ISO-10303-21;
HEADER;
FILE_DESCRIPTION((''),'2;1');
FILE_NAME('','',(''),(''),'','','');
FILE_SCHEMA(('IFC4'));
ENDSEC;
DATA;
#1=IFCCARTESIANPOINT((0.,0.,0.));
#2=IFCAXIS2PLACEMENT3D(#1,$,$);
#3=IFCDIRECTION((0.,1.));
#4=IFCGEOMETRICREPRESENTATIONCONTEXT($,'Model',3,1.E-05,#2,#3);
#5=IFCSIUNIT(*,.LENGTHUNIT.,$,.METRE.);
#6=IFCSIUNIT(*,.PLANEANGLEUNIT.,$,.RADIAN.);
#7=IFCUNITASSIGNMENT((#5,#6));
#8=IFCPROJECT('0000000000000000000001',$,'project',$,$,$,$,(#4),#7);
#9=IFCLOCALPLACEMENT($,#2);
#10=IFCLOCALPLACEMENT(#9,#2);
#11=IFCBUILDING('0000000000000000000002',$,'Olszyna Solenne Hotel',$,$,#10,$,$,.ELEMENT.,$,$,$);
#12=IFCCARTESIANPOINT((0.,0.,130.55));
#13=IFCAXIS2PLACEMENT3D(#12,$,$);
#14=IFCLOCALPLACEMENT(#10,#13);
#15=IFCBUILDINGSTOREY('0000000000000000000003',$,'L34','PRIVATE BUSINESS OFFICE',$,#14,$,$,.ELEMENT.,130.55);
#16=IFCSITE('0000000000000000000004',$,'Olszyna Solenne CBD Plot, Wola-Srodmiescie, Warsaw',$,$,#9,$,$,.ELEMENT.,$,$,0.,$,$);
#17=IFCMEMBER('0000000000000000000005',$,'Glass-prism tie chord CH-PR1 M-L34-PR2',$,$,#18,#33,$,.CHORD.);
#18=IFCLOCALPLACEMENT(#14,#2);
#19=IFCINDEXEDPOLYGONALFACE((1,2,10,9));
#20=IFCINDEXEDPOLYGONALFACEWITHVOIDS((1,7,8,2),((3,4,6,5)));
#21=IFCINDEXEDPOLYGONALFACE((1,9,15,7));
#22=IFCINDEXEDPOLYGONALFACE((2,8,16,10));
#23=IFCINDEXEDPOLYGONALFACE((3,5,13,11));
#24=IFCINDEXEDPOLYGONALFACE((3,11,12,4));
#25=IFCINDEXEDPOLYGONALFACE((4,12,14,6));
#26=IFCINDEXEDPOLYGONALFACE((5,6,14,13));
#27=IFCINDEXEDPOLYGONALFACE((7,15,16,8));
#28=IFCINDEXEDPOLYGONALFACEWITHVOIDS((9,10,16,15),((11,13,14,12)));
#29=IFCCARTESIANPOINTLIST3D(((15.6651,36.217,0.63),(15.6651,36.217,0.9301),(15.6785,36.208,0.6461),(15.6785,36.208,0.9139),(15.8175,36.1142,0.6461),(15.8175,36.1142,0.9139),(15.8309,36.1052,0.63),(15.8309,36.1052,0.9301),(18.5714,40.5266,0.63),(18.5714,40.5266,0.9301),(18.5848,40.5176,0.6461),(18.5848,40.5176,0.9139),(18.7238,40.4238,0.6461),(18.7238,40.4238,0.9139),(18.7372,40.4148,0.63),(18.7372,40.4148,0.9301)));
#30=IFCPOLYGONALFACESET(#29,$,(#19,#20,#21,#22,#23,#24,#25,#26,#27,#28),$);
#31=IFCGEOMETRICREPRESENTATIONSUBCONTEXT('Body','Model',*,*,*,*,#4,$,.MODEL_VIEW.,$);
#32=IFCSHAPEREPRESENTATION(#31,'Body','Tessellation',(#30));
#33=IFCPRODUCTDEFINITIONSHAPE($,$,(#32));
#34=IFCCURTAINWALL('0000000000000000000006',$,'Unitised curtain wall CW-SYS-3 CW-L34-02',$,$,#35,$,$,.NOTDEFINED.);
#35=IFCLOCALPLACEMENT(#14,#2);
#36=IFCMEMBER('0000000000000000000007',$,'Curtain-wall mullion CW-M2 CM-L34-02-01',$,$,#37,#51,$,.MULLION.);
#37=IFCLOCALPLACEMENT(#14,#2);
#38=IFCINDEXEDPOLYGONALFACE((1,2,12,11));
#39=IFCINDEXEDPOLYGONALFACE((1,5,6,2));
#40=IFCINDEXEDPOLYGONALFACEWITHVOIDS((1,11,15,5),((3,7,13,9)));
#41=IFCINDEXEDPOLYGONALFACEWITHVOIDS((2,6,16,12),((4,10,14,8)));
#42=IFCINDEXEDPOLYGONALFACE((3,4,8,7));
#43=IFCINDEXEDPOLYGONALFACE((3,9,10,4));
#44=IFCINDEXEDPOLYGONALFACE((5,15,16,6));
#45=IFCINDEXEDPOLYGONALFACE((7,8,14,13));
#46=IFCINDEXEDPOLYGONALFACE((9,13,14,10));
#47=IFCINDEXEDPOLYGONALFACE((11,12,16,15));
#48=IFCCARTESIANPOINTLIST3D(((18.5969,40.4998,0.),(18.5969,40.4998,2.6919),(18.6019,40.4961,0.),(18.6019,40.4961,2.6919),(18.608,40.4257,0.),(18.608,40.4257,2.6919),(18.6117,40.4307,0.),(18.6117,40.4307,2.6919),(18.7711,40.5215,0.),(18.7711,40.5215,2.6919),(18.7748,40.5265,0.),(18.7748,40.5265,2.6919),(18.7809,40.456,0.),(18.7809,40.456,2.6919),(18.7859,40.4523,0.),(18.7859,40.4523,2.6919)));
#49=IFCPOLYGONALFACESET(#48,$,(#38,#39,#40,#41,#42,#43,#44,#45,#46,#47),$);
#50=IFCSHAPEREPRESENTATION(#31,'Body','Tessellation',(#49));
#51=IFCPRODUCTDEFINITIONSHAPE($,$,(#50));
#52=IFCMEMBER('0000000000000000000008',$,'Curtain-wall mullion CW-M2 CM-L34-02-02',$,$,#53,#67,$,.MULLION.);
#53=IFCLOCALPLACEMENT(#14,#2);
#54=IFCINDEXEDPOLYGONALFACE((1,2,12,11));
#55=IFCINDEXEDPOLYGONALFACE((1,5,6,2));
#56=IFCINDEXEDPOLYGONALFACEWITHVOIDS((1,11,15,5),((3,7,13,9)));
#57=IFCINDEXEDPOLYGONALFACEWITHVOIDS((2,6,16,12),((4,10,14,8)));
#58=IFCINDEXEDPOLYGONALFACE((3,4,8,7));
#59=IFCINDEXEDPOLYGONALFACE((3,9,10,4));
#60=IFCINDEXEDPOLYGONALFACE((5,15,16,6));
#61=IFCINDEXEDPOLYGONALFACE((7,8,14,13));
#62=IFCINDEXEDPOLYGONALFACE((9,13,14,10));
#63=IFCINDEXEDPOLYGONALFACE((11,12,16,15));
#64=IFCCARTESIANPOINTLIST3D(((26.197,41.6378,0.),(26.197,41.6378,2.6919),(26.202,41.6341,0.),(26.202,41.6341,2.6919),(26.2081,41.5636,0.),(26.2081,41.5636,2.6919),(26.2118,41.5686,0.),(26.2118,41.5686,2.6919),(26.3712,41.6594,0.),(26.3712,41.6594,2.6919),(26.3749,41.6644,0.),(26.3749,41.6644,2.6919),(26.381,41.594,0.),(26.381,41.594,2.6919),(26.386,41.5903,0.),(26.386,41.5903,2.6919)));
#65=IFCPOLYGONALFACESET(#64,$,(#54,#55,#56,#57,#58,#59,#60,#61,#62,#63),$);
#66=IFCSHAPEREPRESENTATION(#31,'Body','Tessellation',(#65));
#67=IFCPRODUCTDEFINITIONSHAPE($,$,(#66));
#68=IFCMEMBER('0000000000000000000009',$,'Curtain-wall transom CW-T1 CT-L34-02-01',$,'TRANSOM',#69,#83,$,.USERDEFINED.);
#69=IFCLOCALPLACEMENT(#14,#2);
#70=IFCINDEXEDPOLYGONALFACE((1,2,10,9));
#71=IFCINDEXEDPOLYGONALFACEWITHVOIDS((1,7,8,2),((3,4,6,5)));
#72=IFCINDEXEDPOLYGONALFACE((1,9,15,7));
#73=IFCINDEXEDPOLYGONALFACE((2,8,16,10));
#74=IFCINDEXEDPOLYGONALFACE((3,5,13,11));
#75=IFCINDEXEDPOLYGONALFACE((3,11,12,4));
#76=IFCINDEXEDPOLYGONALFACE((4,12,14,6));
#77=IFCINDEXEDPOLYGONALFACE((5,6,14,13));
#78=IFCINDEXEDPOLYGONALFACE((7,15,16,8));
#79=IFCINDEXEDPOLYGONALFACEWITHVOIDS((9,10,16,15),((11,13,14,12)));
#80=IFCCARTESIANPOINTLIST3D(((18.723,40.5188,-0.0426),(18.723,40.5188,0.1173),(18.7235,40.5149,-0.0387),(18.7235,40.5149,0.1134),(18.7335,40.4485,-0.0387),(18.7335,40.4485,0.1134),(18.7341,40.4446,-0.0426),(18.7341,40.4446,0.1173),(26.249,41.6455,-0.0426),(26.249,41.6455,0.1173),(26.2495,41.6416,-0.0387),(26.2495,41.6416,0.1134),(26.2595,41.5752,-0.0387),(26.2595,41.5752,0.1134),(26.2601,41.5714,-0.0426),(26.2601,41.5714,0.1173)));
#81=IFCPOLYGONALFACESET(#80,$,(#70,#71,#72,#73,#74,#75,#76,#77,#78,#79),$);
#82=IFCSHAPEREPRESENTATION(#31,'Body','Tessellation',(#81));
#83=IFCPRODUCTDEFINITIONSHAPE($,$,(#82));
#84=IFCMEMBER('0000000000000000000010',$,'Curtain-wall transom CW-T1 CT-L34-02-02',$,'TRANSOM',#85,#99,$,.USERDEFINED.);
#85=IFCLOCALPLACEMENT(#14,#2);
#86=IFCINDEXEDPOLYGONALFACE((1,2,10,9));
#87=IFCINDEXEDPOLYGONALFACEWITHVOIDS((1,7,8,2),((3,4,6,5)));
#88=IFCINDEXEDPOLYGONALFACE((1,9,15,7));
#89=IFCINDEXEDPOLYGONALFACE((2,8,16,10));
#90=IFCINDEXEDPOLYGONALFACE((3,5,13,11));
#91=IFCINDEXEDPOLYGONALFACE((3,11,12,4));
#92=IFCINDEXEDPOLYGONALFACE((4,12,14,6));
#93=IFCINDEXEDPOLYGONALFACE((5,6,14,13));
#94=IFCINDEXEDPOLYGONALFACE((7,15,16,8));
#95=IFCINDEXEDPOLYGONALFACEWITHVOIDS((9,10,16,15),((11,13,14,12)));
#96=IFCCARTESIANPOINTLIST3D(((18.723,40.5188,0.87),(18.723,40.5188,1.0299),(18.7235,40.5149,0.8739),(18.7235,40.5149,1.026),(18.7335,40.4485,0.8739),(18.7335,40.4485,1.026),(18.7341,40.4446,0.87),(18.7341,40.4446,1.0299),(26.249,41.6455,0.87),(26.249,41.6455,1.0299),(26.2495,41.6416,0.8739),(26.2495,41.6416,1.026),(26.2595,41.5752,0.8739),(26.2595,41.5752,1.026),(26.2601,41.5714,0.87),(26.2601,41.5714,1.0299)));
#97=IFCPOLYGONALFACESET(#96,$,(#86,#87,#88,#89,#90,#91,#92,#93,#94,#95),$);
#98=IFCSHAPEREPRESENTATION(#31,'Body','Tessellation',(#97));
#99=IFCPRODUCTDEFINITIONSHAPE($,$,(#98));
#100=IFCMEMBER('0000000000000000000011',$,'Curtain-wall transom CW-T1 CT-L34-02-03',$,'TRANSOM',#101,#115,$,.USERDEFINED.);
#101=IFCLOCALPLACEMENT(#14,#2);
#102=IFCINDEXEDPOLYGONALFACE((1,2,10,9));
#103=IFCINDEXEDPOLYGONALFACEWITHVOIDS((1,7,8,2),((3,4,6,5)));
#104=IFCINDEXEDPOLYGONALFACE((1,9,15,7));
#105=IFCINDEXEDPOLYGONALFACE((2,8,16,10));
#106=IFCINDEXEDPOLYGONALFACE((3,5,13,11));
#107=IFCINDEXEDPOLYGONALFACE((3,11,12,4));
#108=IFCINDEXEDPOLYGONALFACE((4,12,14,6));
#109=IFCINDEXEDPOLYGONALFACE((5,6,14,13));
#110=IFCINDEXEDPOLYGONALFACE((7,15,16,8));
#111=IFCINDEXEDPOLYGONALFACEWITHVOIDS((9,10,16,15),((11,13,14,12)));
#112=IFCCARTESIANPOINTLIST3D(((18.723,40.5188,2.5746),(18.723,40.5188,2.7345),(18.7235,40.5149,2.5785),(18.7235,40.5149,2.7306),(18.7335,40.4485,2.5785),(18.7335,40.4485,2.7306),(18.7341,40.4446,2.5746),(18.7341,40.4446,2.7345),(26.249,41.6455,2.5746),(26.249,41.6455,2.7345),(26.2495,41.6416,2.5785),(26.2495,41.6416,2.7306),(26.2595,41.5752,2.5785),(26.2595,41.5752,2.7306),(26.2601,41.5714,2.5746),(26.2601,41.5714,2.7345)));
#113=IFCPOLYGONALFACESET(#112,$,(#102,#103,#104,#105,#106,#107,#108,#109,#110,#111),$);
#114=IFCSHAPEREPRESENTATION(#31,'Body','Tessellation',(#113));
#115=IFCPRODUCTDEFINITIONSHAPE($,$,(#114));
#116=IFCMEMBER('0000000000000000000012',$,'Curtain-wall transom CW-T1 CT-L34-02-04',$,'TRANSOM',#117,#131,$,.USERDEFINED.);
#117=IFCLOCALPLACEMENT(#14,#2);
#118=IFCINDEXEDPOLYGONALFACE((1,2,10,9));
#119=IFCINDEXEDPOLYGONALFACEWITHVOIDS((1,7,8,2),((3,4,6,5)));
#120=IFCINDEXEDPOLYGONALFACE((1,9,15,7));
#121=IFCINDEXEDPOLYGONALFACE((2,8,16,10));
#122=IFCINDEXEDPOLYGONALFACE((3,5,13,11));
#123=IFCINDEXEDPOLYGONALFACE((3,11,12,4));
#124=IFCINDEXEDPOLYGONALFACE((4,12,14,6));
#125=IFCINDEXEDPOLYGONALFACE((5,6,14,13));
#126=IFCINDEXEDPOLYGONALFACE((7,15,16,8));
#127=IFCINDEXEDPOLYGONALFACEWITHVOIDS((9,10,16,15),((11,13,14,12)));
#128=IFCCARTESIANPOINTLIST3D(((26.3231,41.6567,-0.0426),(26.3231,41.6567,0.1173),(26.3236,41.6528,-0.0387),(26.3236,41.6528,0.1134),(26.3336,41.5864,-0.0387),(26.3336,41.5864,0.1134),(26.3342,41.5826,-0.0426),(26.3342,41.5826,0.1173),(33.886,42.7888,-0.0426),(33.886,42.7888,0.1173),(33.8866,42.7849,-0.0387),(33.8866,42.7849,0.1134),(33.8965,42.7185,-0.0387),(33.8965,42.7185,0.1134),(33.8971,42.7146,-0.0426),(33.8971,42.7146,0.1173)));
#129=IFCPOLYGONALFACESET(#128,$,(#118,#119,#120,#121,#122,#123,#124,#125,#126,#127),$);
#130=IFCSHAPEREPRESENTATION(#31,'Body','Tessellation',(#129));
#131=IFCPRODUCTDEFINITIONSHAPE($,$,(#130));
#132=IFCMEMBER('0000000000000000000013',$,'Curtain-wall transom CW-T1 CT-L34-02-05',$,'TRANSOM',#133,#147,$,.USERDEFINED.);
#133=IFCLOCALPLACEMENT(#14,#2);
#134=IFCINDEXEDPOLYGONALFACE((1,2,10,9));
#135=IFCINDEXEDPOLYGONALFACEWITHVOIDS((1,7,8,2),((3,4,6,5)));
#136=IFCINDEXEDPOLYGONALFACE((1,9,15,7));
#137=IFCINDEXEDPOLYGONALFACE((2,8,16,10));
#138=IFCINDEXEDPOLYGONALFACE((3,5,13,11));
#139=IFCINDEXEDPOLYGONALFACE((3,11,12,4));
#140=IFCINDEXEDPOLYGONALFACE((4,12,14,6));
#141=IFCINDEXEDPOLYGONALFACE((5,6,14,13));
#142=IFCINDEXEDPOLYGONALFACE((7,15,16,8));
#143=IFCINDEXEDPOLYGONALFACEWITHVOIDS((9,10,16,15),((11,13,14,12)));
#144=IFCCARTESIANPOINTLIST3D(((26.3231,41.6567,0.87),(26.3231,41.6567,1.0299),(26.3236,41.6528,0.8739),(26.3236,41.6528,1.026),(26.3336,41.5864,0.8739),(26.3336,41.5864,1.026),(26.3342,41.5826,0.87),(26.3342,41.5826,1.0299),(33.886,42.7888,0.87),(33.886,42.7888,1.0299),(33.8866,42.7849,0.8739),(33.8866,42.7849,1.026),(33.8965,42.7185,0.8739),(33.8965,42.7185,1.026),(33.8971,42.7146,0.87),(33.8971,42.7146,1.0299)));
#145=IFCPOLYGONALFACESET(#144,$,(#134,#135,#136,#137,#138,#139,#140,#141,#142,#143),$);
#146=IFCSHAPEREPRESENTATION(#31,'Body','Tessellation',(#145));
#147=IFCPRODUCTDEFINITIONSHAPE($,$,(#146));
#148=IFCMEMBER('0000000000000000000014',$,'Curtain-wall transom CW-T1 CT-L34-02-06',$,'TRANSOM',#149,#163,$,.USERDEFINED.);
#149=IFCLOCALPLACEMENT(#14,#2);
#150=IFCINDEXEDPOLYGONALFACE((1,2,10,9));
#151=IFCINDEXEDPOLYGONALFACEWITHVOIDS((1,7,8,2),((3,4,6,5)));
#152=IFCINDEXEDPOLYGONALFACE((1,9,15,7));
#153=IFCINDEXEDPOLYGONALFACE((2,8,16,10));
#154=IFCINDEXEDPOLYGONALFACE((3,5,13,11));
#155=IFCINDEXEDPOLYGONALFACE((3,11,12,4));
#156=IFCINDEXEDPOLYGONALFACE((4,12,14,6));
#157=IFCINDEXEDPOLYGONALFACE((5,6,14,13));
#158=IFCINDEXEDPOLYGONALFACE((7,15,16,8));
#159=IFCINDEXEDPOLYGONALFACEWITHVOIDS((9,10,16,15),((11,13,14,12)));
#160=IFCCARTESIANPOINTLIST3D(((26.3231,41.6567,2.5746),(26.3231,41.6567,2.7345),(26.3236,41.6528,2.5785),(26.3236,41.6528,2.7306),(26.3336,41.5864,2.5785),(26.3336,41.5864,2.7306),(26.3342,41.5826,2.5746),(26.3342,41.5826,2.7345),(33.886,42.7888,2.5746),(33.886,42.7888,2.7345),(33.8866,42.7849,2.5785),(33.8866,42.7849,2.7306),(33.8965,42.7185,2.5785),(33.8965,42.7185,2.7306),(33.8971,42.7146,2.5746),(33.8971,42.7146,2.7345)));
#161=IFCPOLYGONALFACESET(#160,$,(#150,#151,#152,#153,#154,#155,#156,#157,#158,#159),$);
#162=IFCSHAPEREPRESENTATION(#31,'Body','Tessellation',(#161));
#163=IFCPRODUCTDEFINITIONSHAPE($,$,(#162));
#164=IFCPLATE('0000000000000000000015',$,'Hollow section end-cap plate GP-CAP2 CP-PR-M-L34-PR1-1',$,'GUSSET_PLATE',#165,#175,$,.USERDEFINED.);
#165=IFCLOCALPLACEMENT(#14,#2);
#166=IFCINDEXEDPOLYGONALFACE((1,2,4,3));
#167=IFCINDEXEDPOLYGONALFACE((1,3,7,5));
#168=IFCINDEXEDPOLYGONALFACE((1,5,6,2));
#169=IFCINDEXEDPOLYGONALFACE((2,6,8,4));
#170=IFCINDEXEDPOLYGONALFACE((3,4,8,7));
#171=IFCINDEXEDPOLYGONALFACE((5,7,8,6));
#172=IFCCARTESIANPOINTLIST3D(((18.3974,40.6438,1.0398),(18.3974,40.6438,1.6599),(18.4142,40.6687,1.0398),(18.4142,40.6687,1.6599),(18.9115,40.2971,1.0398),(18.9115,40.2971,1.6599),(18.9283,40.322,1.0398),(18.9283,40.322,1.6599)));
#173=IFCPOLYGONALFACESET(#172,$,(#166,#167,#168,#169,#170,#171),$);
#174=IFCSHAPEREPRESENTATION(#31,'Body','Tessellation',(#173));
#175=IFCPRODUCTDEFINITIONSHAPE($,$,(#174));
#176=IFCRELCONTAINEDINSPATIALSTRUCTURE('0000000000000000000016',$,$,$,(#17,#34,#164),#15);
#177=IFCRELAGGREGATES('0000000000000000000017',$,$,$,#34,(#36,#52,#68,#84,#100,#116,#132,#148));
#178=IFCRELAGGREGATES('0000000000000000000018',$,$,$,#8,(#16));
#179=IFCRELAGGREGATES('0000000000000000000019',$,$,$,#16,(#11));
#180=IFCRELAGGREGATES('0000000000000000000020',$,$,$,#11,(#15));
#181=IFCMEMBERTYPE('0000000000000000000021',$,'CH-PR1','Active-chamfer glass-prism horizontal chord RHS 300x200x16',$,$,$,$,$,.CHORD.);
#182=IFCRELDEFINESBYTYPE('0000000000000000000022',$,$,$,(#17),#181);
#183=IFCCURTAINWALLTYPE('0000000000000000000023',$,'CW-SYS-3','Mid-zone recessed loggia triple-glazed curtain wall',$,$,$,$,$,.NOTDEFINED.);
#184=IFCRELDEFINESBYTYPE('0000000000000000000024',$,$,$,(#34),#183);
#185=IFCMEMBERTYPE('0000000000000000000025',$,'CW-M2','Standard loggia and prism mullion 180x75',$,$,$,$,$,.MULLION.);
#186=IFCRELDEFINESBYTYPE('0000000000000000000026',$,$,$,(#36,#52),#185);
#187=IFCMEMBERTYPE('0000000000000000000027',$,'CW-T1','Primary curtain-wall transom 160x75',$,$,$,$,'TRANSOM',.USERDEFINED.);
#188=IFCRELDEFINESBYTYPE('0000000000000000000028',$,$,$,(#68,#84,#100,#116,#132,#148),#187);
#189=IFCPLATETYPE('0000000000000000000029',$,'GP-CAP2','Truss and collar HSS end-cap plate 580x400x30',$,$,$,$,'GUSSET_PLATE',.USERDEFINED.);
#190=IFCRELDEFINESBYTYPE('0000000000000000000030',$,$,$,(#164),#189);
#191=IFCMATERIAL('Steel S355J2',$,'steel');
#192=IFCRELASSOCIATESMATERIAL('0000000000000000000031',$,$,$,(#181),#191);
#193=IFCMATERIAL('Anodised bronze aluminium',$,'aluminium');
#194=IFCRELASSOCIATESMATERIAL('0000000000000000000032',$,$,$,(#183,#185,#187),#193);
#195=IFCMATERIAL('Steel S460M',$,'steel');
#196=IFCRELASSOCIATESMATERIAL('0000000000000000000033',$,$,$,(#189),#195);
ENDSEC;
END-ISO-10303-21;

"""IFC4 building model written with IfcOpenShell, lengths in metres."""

from ifc_helpers import new_model, si_unit, direction, frame, origin, origin_2d, place, context, subcontext, project, spatial, rectangle, hollow_rectangle, extrude, source, transform, mapped, material, material_profile, profile_set, type_object, element, aggregate, save


model = new_model("IFC4")

# Units and contexts
model_context = context("Model", 3, precision=1e-05, world=origin(), true_north=direction((0.0, 1.0)))
body_context = subcontext(model_context, "Body", "Model", "MODEL_VIEW")
ifc_project = project(units=[si_unit("LENGTHUNIT", "METRE"), si_unit("PLANEANGLEUNIT", "RADIAN")], contexts=[model_context])

# Site, building, storey
site_placement = place(None, origin())
site = spatial("IfcSite", under=ifc_project, at=site_placement, Name="Olszyna Solenne CBD Plot, Wola-Srodmiescie, Warsaw", CompositionType="ELEMENT", RefElevation=0.0)
building_placement = place(site_placement, origin())
building = spatial("IfcBuilding", under=site, at=building_placement, Name="Olszyna Solenne Hotel", CompositionType="ELEMENT")
storey_placement = place(building_placement, frame((0.0, 0.0, 130.55)))
storey = spatial("IfcBuildingStorey", under=building, at=storey_placement, Name="L34", Description="PRIVATE BUSINESS OFFICE", CompositionType="ELEMENT", Elevation=130.55)

# Shared definitions
ifc_material_1 = material(Name="Steel S460M", Category="steel")

# Shared definitions
ifc_material_2 = material(Name="Steel S355J2", Category="steel")

# Member
ifc_material_profile_1 = material_profile(ifc_material_2, hollow_rectangle(XDim=0.2, YDim=0.3, WallThickness=0.0161, at=origin_2d()), Name="RHS 300x200x16", Category="load-bearing")
ifc_profile_set_1 = profile_set([ifc_material_profile_1], Name="Steel S355J2")
member_type_1 = type_object("IfcMemberType", Name="CH-PR1", Description="Active-chamfer glass-prism horizontal chord RHS 300x200x16", PredefinedType="CHORD", material=ifc_profile_set_1)
shared_shape_1 = source(origin(), body_context, "Body", "SweptSolid", [
    extrude(hollow_rectangle(XDim=0.2, YDim=0.3, WallThickness=0.0161, at=origin_2d()), origin(), (0.0, 0.0, 1.0), 5.198),
])
for number, where, z_axis, x_axis, name in (
    (1, (18.6543, 40.4707, 0.78), (-0.559115, -0.82909, 0.0), (0.82909, -0.559115, 0.0), "Glass-prism tie chord CH-PR1 M-L34-PR2"),
):
    element("IfcMember", number, at=place(storey_placement, frame(where, z_axis=z_axis, x_axis=x_axis)), inside=storey, type_object=member_type_1, Name=name, PredefinedType="CHORD", context=body_context, shape_type="MappedRepresentation", body=[
        mapped(shared_shape_1, transform((0.0, 0.0, 0.0), x_axis=(1.0, 0.0, 0.0), y_axis=(0.0, 1.0, 0.0), z_axis=(0.0, 0.0, 1.0), scale=1.0)),
    ])

# Curtain wall, members
ifc_material_3 = material(Name="Anodised bronze aluminium", Category="aluminium")
curtain_wall_type = type_object("IfcCurtainWallType", Name="CW-SYS-3", Description="Mid-zone recessed loggia triple-glazed curtain wall", PredefinedType="NOTDEFINED", material=ifc_material_3)
curtain_wall_placement = place(storey_placement, origin())
curtain_wall = element("IfcCurtainWall", 2, at=curtain_wall_placement, inside=storey, type_object=curtain_wall_type, Name="Unitised curtain wall CW-SYS-3 CW-L34-02", PredefinedType="NOTDEFINED")
ifc_material_profile_2 = material_profile(ifc_material_3, hollow_rectangle(XDim=0.075, YDim=0.1799, WallThickness=0.0044, at=origin_2d()), Name="MULL 180x75x4.5", Category="load-bearing")
ifc_profile_set_2 = profile_set([ifc_material_profile_2], Name="Anodised bronze aluminium")
member_type_2 = type_object("IfcMemberType", Name="CW-M2", Description="Standard loggia and prism mullion 180x75", PredefinedType="MULLION", material=ifc_profile_set_2)
shared_shape_2 = source(origin(), body_context, "Body", "SweptSolid", [
    extrude(hollow_rectangle(XDim=0.075, YDim=0.1799, WallThickness=0.0044, at=origin_2d()), origin(), (0.0, 0.0, 1.0), 2.6919),
])
member_1_placement = place(storey_placement, frame((18.6914, 40.4761, 0.0), z_axis=(0.0, 0.0, 1.0), x_axis=(-0.148061, 0.988978, 0.0)))
member_1 = element("IfcMember", 3, at=member_1_placement, type_object=member_type_2, Name="Curtain-wall mullion CW-M2 CM-L34-02-01", PredefinedType="MULLION", context=body_context, shape_type="MappedRepresentation", body=[
    mapped(shared_shape_2, transform((0.0, 0.0, 0.0), x_axis=(1.0, 0.0, 0.0), y_axis=(0.0, 1.0, 0.0), z_axis=(0.0, 0.0, 1.0), scale=1.0)),
])
member_2_placement = place(storey_placement, frame((26.2915, 41.614, 0.0), z_axis=(0.0, 0.0, 1.0), x_axis=(-0.148061, 0.988978, 0.0)))
member_2 = element("IfcMember", 4, at=member_2_placement, type_object=member_type_2, Name="Curtain-wall mullion CW-M2 CM-L34-02-02", PredefinedType="MULLION", context=body_context, shape_type="MappedRepresentation", body=[
    mapped(shared_shape_2, transform((0.0, 0.0, 0.0), x_axis=(1.0, 0.0, 0.0), y_axis=(0.0, 1.0, 0.0), z_axis=(0.0, 0.0, 1.0), scale=1.0)),
])
ifc_material_profile_3 = material_profile(ifc_material_3, hollow_rectangle(XDim=0.075, YDim=0.1599, WallThickness=0.0039, at=origin_2d()), Name="TRAN 160x75x4", Category="load-bearing")
ifc_profile_set_3 = profile_set([ifc_material_profile_3], Name="Anodised bronze aluminium")
member_type_3 = type_object("IfcMemberType", Name="CW-T1", Description="Primary curtain-wall transom 160x75", ElementType="TRANSOM", PredefinedType="USERDEFINED", material=ifc_profile_set_3)
shared_shape_3 = source(origin(), body_context, "Body", "SweptSolid", [
    extrude(hollow_rectangle(XDim=0.075, YDim=0.1599, WallThickness=0.0039, at=origin_2d()), origin(), (0.0, 0.0, 1.0), 7.6099),
])
member_3_placement = place(storey_placement, frame((18.7285, 40.4817, 0.0374), z_axis=(0.988978, 0.148061, 0.0), x_axis=(-0.148061, 0.988978, 0.0)))
member_3 = element("IfcMember", 5, at=member_3_placement, type_object=member_type_3, Name="Curtain-wall transom CW-T1 CT-L34-02-01", ObjectType="TRANSOM", PredefinedType="USERDEFINED", context=body_context, shape_type="MappedRepresentation", body=[
    mapped(shared_shape_3, transform((0.0, 0.0, 0.0), x_axis=(1.0, 0.0, 0.0), y_axis=(0.0, 1.0, 0.0), z_axis=(0.0, 0.0, 1.0), scale=1.0)),
])
member_4_placement = place(storey_placement, frame((18.7285, 40.4817, 0.95), z_axis=(0.988978, 0.148061, 0.0), x_axis=(-0.148061, 0.988978, 0.0)))
member_4 = element("IfcMember", 6, at=member_4_placement, type_object=member_type_3, Name="Curtain-wall transom CW-T1 CT-L34-02-02", ObjectType="TRANSOM", PredefinedType="USERDEFINED", context=body_context, shape_type="MappedRepresentation", body=[
    mapped(shared_shape_3, transform((0.0, 0.0, 0.0), x_axis=(1.0, 0.0, 0.0), y_axis=(0.0, 1.0, 0.0), z_axis=(0.0, 0.0, 1.0), scale=1.0)),
])
member_5_placement = place(storey_placement, frame((18.7285, 40.4817, 2.6545), z_axis=(0.988978, 0.148061, 0.0), x_axis=(-0.148061, 0.988978, 0.0)))
member_5 = element("IfcMember", 7, at=member_5_placement, type_object=member_type_3, Name="Curtain-wall transom CW-T1 CT-L34-02-03", ObjectType="TRANSOM", PredefinedType="USERDEFINED", context=body_context, shape_type="MappedRepresentation", body=[
    mapped(shared_shape_3, transform((0.0, 0.0, 0.0), x_axis=(1.0, 0.0, 0.0), y_axis=(0.0, 1.0, 0.0), z_axis=(0.0, 0.0, 1.0), scale=1.0)),
])
shared_shape_4 = source(origin(), body_context, "Body", "SweptSolid", [
    extrude(hollow_rectangle(XDim=0.075, YDim=0.1599, WallThickness=0.0039, at=origin_2d()), origin(), (0.0, 0.0, 1.0), 7.6472),
])
member_6_placement = place(storey_placement, frame((26.3286, 41.6196, 0.0374), z_axis=(0.988982, 0.148038, 0.0), x_axis=(-0.148038, 0.988982, 0.0)))
member_6 = element("IfcMember", 8, at=member_6_placement, type_object=member_type_3, Name="Curtain-wall transom CW-T1 CT-L34-02-04", ObjectType="TRANSOM", PredefinedType="USERDEFINED", context=body_context, shape_type="MappedRepresentation", body=[
    mapped(shared_shape_4, transform((0.0, 0.0, 0.0), x_axis=(1.0, 0.0, 0.0), y_axis=(0.0, 1.0, 0.0), z_axis=(0.0, 0.0, 1.0), scale=1.0)),
])
member_7_placement = place(storey_placement, frame((26.3286, 41.6196, 0.95), z_axis=(0.988982, 0.148038, 0.0), x_axis=(-0.148038, 0.988982, 0.0)))
member_7 = element("IfcMember", 9, at=member_7_placement, type_object=member_type_3, Name="Curtain-wall transom CW-T1 CT-L34-02-05", ObjectType="TRANSOM", PredefinedType="USERDEFINED", context=body_context, shape_type="MappedRepresentation", body=[
    mapped(shared_shape_4, transform((0.0, 0.0, 0.0), x_axis=(1.0, 0.0, 0.0), y_axis=(0.0, 1.0, 0.0), z_axis=(0.0, 0.0, 1.0), scale=1.0)),
])
member_8_placement = place(storey_placement, frame((26.3286, 41.6196, 2.6545), z_axis=(0.988982, 0.148038, 0.0), x_axis=(-0.148038, 0.988982, 0.0)))
member_8 = element("IfcMember", 10, at=member_8_placement, type_object=member_type_3, Name="Curtain-wall transom CW-T1 CT-L34-02-06", ObjectType="TRANSOM", PredefinedType="USERDEFINED", context=body_context, shape_type="MappedRepresentation", body=[
    mapped(shared_shape_4, transform((0.0, 0.0, 0.0), x_axis=(1.0, 0.0, 0.0), y_axis=(0.0, 1.0, 0.0), z_axis=(0.0, 0.0, 1.0), scale=1.0)),
])

# Plate
plate_type_1 = type_object("IfcPlateType", Name="GP-CAP2", Description="Truss and collar HSS end-cap plate 580x400x30", ElementType="GUSSET_PLATE", PredefinedType="USERDEFINED", material=ifc_material_1)
shared_shape_5 = source(origin(), body_context, "Body", "SweptSolid", [
    extrude(rectangle(XDim=0.03, YDim=0.6201, at=origin_2d()), origin(), (0.0, 0.0, 1.0), 0.6201),
])
for number, where, z_axis, x_axis, name in (
    (11, (18.6628, 40.4829, 1.0398), (0.0, 0.0, 1.0), (-0.559193, -0.829038, 0.0), "Hollow section end-cap plate GP-CAP2 CP-PR-M-L34-PR1-1"),
):
    element("IfcPlate", number, at=place(storey_placement, frame(where, z_axis=z_axis, x_axis=x_axis)), inside=storey, type_object=plate_type_1, Name=name, ObjectType="GUSSET_PLATE", PredefinedType="USERDEFINED", context=body_context, shape_type="MappedRepresentation", body=[
        mapped(shared_shape_5, transform((0.0, 0.0, 0.0), x_axis=(1.0, 0.0, 0.0), y_axis=(0.0, 1.0, 0.0), z_axis=(0.0, 0.0, 1.0), scale=1.0)),
    ])

aggregate(curtain_wall, [member_1, member_2, member_3, member_4, member_5, member_6, member_7, member_8])

save(model, "model.ifc")
